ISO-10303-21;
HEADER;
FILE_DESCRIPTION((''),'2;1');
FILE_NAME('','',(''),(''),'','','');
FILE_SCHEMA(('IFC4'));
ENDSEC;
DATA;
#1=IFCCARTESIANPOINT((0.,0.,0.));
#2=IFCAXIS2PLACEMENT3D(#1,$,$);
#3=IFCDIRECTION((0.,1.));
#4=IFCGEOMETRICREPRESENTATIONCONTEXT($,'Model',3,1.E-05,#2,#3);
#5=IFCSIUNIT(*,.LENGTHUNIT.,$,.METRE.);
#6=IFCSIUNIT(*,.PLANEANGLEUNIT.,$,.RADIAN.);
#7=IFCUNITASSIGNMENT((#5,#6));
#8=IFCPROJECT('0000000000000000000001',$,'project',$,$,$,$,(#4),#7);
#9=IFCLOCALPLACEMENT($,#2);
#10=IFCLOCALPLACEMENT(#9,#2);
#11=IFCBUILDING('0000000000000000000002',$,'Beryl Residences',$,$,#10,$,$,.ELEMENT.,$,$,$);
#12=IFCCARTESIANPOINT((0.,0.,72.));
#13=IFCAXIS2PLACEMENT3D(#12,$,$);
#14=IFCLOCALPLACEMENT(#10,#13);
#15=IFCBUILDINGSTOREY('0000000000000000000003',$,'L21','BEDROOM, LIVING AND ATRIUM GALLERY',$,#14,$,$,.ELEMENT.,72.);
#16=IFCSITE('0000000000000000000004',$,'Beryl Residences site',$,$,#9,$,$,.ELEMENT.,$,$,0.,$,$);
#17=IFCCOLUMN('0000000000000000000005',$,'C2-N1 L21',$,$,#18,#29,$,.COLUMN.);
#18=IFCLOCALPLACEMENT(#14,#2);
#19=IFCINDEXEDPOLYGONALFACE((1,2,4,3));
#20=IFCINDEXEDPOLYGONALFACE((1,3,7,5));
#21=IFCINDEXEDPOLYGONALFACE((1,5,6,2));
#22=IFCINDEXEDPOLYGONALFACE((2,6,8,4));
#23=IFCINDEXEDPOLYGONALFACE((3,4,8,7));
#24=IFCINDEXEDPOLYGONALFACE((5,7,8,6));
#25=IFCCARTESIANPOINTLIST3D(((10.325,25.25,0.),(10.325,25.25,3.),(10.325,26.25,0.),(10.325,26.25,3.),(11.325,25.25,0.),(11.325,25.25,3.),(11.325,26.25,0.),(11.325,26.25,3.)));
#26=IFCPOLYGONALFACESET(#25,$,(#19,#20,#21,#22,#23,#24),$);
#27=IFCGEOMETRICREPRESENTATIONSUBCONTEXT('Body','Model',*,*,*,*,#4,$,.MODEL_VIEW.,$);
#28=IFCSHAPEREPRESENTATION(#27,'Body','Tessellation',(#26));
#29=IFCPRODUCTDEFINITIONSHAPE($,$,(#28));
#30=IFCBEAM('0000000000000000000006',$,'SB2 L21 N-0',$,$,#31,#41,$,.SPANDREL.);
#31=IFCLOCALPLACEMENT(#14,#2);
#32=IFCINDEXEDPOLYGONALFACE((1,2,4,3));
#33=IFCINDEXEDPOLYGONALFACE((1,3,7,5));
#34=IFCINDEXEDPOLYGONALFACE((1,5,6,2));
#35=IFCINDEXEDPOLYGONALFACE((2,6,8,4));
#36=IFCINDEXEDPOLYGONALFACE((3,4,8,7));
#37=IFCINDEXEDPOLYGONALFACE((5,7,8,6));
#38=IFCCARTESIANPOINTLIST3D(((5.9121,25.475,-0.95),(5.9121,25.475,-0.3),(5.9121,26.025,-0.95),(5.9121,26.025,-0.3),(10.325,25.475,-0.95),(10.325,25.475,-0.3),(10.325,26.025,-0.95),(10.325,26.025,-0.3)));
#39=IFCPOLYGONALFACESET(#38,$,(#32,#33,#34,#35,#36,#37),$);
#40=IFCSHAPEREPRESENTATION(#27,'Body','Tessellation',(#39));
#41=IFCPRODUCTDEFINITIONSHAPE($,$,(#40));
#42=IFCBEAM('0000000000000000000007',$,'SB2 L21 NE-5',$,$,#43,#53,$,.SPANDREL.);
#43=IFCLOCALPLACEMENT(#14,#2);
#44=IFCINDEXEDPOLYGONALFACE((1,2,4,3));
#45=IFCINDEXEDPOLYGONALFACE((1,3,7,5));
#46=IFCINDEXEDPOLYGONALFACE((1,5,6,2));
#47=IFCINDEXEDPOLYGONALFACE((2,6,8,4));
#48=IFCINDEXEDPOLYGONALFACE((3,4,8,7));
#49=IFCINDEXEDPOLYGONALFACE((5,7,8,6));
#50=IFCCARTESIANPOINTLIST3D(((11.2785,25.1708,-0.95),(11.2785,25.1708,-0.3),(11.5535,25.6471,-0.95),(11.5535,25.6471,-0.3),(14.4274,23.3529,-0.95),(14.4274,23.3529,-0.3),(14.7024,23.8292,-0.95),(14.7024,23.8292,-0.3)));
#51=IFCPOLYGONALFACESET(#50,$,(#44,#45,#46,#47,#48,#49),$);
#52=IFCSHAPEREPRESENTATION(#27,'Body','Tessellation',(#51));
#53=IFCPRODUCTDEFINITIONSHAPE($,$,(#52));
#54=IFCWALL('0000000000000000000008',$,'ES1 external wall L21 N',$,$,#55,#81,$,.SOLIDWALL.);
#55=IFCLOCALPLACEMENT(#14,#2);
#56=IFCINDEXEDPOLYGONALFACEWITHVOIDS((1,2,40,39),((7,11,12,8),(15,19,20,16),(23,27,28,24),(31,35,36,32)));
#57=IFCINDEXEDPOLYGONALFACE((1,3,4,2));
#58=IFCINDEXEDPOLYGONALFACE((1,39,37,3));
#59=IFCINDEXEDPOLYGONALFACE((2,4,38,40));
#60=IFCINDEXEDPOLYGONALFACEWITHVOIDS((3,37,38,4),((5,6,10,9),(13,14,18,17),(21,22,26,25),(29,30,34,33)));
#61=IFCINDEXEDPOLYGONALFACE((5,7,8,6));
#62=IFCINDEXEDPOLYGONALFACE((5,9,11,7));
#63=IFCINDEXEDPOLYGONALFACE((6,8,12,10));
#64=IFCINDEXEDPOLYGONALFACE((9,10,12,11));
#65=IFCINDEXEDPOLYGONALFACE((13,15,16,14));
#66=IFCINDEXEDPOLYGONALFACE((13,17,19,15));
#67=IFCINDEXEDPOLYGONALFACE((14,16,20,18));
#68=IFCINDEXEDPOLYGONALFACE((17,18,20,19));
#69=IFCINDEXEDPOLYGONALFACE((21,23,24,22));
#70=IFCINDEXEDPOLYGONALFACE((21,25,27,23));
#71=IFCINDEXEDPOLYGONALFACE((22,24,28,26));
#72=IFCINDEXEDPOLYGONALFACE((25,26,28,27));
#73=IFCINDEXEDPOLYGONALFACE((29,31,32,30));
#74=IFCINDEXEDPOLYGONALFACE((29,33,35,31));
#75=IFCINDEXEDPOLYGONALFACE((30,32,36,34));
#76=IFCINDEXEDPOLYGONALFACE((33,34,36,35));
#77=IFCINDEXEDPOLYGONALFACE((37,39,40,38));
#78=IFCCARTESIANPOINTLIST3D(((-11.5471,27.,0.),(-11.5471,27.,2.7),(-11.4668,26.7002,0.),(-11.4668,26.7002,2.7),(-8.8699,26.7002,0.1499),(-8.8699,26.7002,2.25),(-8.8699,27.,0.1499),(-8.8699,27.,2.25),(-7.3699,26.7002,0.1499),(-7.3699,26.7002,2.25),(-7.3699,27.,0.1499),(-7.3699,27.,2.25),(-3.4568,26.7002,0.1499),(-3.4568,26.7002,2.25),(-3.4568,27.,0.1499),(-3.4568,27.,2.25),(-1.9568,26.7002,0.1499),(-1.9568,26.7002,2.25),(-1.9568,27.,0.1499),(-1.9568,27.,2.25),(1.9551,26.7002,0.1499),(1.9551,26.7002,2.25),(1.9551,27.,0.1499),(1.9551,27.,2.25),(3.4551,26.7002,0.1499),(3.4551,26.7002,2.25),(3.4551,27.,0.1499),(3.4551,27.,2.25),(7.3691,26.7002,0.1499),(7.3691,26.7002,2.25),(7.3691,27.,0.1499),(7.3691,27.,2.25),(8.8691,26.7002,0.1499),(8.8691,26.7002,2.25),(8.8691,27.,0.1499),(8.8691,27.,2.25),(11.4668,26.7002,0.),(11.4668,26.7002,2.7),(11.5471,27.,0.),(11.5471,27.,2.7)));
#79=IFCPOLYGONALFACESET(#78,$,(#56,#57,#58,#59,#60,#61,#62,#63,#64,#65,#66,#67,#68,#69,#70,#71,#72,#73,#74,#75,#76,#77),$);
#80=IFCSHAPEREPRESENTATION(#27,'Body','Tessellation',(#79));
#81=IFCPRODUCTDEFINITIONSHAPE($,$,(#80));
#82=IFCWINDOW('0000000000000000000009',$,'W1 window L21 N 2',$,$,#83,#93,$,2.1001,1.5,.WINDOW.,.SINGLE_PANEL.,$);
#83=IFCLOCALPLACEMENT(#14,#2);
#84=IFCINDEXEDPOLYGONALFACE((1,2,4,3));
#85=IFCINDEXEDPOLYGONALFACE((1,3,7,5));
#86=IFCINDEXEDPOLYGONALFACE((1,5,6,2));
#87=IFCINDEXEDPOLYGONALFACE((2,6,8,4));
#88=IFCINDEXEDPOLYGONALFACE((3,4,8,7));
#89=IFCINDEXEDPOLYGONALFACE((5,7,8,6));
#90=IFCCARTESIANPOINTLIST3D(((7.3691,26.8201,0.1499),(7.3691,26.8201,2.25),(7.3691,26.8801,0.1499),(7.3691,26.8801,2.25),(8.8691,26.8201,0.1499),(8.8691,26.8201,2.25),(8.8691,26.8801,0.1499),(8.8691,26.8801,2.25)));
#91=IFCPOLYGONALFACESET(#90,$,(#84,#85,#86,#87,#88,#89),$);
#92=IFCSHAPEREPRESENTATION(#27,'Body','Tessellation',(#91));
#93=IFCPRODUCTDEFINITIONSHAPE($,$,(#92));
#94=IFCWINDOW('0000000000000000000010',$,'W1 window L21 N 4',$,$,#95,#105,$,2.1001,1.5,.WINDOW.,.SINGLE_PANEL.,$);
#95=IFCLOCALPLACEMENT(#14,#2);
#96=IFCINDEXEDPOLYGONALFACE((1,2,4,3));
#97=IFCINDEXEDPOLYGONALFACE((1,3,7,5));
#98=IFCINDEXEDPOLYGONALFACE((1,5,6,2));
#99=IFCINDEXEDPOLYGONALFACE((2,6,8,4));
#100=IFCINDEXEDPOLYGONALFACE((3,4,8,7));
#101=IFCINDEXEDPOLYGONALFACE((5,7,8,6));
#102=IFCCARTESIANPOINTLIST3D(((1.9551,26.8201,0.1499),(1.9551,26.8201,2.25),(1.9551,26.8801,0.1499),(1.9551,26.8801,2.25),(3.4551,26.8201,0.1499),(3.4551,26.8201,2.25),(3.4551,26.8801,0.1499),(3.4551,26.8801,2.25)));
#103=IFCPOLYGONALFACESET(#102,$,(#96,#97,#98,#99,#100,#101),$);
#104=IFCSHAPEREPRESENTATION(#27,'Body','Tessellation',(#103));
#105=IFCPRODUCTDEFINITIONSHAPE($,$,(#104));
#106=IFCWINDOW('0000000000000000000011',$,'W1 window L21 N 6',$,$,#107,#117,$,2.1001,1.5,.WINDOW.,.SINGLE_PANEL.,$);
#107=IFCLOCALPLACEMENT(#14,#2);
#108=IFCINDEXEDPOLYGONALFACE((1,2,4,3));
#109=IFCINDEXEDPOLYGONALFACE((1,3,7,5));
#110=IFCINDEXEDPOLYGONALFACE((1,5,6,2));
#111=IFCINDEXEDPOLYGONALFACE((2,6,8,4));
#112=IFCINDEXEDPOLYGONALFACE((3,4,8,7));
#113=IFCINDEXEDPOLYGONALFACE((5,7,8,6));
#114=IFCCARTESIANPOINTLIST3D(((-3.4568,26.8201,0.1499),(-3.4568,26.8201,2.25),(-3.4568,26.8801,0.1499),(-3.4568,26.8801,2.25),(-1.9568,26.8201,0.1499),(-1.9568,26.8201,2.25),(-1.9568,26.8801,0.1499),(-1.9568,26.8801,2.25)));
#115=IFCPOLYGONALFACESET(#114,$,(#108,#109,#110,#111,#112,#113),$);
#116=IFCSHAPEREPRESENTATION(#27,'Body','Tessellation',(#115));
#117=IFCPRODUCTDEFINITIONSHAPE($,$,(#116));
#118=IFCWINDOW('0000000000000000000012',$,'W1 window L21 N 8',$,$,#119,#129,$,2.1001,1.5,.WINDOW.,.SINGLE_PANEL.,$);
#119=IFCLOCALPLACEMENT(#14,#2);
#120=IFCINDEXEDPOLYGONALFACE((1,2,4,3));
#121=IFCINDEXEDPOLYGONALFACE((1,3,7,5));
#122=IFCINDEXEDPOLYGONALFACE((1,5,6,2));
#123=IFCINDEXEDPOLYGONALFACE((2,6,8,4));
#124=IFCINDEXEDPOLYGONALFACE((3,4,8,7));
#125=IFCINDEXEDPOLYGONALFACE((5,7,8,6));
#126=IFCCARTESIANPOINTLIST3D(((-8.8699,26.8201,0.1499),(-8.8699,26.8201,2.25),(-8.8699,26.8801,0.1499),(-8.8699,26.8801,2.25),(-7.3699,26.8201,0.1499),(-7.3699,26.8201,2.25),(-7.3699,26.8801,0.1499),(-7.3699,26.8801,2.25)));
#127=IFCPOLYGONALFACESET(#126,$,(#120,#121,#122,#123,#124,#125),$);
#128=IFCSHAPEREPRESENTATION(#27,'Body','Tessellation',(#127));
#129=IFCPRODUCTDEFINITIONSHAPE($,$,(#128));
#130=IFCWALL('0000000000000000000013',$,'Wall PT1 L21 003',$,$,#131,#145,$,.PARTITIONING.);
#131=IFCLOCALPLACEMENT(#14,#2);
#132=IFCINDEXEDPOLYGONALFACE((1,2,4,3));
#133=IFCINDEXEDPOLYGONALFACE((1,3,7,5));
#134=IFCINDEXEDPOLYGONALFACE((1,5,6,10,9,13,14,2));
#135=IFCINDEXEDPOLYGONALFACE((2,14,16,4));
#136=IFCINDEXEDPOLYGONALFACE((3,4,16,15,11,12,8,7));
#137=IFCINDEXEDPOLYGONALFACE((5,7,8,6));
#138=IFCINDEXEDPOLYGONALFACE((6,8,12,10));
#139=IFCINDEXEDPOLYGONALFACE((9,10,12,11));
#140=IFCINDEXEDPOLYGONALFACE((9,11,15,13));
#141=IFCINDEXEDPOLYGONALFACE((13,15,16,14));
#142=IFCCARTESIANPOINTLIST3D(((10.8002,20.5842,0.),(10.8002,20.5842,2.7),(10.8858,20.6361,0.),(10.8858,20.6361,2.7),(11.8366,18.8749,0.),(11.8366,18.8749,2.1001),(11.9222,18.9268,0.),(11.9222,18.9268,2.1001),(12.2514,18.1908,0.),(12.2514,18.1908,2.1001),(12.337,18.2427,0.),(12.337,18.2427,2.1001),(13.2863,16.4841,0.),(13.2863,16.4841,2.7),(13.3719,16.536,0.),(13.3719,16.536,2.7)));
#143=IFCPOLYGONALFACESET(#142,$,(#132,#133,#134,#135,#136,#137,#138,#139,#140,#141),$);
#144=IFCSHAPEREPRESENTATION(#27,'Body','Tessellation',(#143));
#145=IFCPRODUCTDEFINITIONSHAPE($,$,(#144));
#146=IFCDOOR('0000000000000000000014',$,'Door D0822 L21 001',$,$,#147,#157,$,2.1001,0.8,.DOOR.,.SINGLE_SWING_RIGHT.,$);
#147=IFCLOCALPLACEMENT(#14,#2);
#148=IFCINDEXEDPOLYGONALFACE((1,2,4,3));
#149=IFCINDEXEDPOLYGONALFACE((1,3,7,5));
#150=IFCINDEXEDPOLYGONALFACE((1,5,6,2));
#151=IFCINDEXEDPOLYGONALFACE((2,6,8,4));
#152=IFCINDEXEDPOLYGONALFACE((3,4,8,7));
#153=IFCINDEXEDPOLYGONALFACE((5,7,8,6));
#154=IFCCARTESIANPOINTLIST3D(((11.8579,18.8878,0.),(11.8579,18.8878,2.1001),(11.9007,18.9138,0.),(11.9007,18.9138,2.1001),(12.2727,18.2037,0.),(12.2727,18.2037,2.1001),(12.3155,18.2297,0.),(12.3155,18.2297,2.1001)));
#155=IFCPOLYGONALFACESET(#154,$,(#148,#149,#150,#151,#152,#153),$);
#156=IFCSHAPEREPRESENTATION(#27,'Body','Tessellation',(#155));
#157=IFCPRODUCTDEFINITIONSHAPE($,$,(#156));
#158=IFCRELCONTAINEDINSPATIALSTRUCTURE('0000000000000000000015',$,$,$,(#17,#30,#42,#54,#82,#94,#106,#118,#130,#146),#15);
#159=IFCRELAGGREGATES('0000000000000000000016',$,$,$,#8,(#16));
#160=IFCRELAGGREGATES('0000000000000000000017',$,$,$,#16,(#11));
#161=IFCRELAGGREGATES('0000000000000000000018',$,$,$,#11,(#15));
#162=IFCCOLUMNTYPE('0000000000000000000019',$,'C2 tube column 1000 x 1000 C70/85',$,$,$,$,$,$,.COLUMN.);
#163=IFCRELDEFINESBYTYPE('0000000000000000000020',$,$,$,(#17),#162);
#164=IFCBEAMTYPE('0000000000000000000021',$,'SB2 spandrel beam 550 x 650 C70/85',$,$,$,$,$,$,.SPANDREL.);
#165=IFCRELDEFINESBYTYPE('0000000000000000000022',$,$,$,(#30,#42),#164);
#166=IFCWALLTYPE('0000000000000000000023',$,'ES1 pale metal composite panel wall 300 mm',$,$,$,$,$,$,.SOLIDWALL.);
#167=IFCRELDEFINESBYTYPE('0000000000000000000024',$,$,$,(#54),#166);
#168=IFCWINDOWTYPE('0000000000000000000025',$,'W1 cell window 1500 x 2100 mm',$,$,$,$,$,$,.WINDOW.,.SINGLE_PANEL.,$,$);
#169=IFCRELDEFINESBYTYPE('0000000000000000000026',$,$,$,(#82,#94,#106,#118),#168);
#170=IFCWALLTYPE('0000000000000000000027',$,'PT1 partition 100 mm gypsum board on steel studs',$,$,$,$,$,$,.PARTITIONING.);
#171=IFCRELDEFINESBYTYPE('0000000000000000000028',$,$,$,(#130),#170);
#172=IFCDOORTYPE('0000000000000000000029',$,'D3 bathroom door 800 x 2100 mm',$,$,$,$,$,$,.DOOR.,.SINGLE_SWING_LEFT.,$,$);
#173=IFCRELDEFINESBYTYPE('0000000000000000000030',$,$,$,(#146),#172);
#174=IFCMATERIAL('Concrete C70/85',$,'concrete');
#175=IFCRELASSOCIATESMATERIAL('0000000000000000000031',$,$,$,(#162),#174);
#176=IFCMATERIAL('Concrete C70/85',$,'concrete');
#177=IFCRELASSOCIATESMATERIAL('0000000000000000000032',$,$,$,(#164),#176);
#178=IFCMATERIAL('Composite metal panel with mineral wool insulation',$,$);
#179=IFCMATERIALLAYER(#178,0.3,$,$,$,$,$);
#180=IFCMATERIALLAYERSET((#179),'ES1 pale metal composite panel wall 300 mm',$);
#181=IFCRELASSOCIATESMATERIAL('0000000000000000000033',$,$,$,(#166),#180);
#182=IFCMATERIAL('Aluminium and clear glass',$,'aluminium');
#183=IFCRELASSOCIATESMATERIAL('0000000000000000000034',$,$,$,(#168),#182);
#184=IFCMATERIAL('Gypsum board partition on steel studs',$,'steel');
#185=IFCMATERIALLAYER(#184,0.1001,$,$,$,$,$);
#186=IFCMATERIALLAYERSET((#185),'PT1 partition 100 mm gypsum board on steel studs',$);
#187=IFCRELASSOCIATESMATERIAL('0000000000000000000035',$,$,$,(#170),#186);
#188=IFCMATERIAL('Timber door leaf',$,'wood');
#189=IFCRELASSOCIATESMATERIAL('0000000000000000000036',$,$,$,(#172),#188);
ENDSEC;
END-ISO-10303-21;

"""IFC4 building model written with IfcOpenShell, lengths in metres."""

from ifc_helpers import new_model, si_unit, direction, frame, frame_2d, origin, origin_2d, place, context, subcontext, project, spatial, polyline, rectangle, outline, extrude, material, layer, layer_set, material_profile, profile_set, type_object, element, fill, save


model = new_model("IFC4")

# Units and contexts
model_context = context("Model", 3, precision=1e-05, world=origin(), true_north=direction((0.0, 1.0)))
body_context = subcontext(model_context, "Body", "Model", "MODEL_VIEW")
ifc_project = project(units=[si_unit("LENGTHUNIT", "METRE"), si_unit("PLANEANGLEUNIT", "RADIAN")], contexts=[model_context])

# Site, building, storey
site_placement = place(None, origin())
site = spatial("IfcSite", under=ifc_project, at=site_placement, Name="Beryl Residences site", CompositionType="ELEMENT", RefElevation=0.0)
building_placement = place(site_placement, origin())
building = spatial("IfcBuilding", under=site, at=building_placement, Name="Beryl Residences", CompositionType="ELEMENT")
storey_placement = place(building_placement, frame((0.0, 0.0, 72.0)))
storey = spatial("IfcBuildingStorey", under=building, at=storey_placement, Name="L21", Description="BEDROOM, LIVING AND ATRIUM GALLERY", CompositionType="ELEMENT", Elevation=72.0)

# Column
ifc_material_1 = material(Name="Concrete C70/85", Category="concrete")
ifc_material_profile_1 = material_profile(ifc_material_1, rectangle(XDim=1.0, YDim=1.0, at=origin_2d()))
ifc_profile_set_1 = profile_set([ifc_material_profile_1], Name="Concrete C70/85")
column_type = type_object("IfcColumnType", Name="C2 tube column 1000 x 1000 C70/85", PredefinedType="COLUMN", material=ifc_profile_set_1)
column_placement = place(storey_placement, frame((10.825, 25.75, 0.0), z_axis=(0.0, 0.0, 1.0), x_axis=(-1.0, 0.0, 0.0)))
element("IfcColumn", 1, at=column_placement, inside=storey, type_object=column_type, Name="C2-N1 L21", PredefinedType="COLUMN", context=body_context, shape_type="SweptSolid", body=[
    extrude(rectangle(XDim=1.0, YDim=1.0, at=origin_2d()), origin(), (0.0, 0.0, 1.0), 3.0),
])

# Beams
ifc_material_2 = material(Name="Concrete C70/85", Category="concrete")
ifc_material_profile_2 = material_profile(ifc_material_2, rectangle(XDim=0.55, YDim=0.6499, at=origin_2d()))
ifc_profile_set_2 = profile_set([ifc_material_profile_2], Name="Concrete C70/85")
beam_type = type_object("IfcBeamType", Name="SB2 spandrel beam 550 x 650 C70/85", PredefinedType="SPANDREL", material=ifc_profile_set_2)
beam_1_placement = place(storey_placement, frame((10.325, 25.75, -0.625), z_axis=(-1.0, 0.0, 0.0), x_axis=(0.0, -1.0, 0.0)))
element("IfcBeam", 2, at=beam_1_placement, inside=storey, type_object=beam_type, Name="SB2 L21 N-0", PredefinedType="SPANDREL", context=body_context, shape_type="SweptSolid", body=[
    extrude(rectangle(XDim=0.55, YDim=0.6499, at=origin_2d()), origin(), (0.0, 0.0, 1.0), 4.4128),
])
beam_2_placement = place(storey_placement, frame((14.5649, 23.5911, -0.625), z_axis=(-0.866045, 0.499967, 0.0), x_axis=(-0.499967, -0.866045, 0.0)))
element("IfcBeam", 3, at=beam_2_placement, inside=storey, type_object=beam_type, Name="SB2 L21 NE-5", PredefinedType="SPANDREL", context=body_context, shape_type="SweptSolid", body=[
    extrude(rectangle(XDim=0.55, YDim=0.6499, at=origin_2d()), origin(), (0.0, 0.0, 1.0), 3.636),
])

# Wall, openings, windows
ifc_material_3 = material(Name="Composite metal panel with mineral wool insulation")
ifc_layer_1 = layer(ifc_material_3, 0.3)
ifc_layer_set_1 = layer_set([ifc_layer_1], Name="ES1 pale metal composite panel wall 300 mm")
wall_type_1 = type_object("IfcWallType", Name="ES1 pale metal composite panel wall 300 mm", PredefinedType="SOLIDWALL", material=ifc_layer_set_1)
wall_1_placement = place(storey_placement, frame((11.5471, 26.8501, 0.0), z_axis=(0.0, 0.0, 1.0), x_axis=(-1.0, 0.0, 0.0)))
wall_1 = element("IfcWall", 4, at=wall_1_placement, inside=storey, type_object=wall_type_1, Name="ES1 external wall L21 N", PredefinedType="SOLIDWALL", context=body_context, shape_type="SweptSolid", body=[
    extrude(outline(polyline([(0.0, -0.1499), (23.0942, -0.1499), (23.0139, 0.1499), (0.0803, 0.1499), (0.0, -0.1499)])), origin(), (0.0, 0.0, 1.0), 2.7),
])
opening_1_placement = place(wall_1_placement, frame((2.678, 0.0, 0.1499)))
opening_1 = element("IfcOpeningElement", 5, at=opening_1_placement, cuts=wall_1, PredefinedType="OPENING", context=body_context, shape_type="SweptSolid", body=[
    extrude(rectangle(XDim=1.5, YDim=2.1001, at=frame_2d((0.75, 1.05))), frame((0.0, 0.1599, 0.0), z_axis=(0.0, -1.0, 0.0), x_axis=(1.0, 0.0, 0.0)), (0.0, 0.0, 1.0), 0.3201),
])
opening_2_placement = place(wall_1_placement, frame((8.092, 0.0, 0.1499)))
opening_2 = element("IfcOpeningElement", 6, at=opening_2_placement, cuts=wall_1, PredefinedType="OPENING", context=body_context, shape_type="SweptSolid", body=[
    extrude(rectangle(XDim=1.5, YDim=2.1001, at=frame_2d((0.75, 1.05))), frame((0.0, 0.1599, 0.0), z_axis=(0.0, -1.0, 0.0), x_axis=(1.0, 0.0, 0.0)), (0.0, 0.0, 1.0), 0.3201),
])
opening_3_placement = place(wall_1_placement, frame((13.5039, 0.0, 0.1499)))
opening_3 = element("IfcOpeningElement", 7, at=opening_3_placement, cuts=wall_1, PredefinedType="OPENING", context=body_context, shape_type="SweptSolid", body=[
    extrude(rectangle(XDim=1.5, YDim=2.1001, at=frame_2d((0.75, 1.05))), frame((0.0, 0.1599, 0.0), z_axis=(0.0, -1.0, 0.0), x_axis=(1.0, 0.0, 0.0)), (0.0, 0.0, 1.0), 0.3201),
])
opening_4_placement = place(wall_1_placement, frame((18.917, 0.0, 0.1499)))
opening_4 = element("IfcOpeningElement", 8, at=opening_4_placement, cuts=wall_1, PredefinedType="OPENING", context=body_context, shape_type="SweptSolid", body=[
    extrude(rectangle(XDim=1.5, YDim=2.1001, at=frame_2d((0.75, 1.05))), frame((0.0, 0.1599, 0.0), z_axis=(0.0, -1.0, 0.0), x_axis=(1.0, 0.0, 0.0)), (0.0, 0.0, 1.0), 0.3201),
])
ifc_material_4 = material(Name="Aluminium and clear glass", Category="aluminium")
window_type = type_object("IfcWindowType", Name="W1 cell window 1500 x 2100 mm", PartitioningType="SINGLE_PANEL", PredefinedType="WINDOW", material=ifc_material_4)
window_1_placement = place(opening_1_placement, origin())
window_1 = element("IfcWindow", 9, at=window_1_placement, inside=storey, type_object=window_type, Name="W1 window L21 N 2", OverallHeight=2.1001, OverallWidth=1.5, PartitioningType="SINGLE_PANEL", PredefinedType="WINDOW", context=body_context, shape_type="SweptSolid", body=[
    extrude(rectangle(XDim=1.5, YDim=2.1001, at=frame_2d((0.75, 1.05))), frame((0.0, 0.03, 0.0), z_axis=(0.0, -1.0, 0.0), x_axis=(1.0, 0.0, 0.0)), (0.0, 0.0, 1.0), 0.0601),
])
fill(opening_1, window_1)
window_2_placement = place(opening_2_placement, origin())
window_2 = element("IfcWindow", 10, at=window_2_placement, inside=storey, type_object=window_type, Name="W1 window L21 N 4", OverallHeight=2.1001, OverallWidth=1.5, PartitioningType="SINGLE_PANEL", PredefinedType="WINDOW", context=body_context, shape_type="SweptSolid", body=[
    extrude(rectangle(XDim=1.5, YDim=2.1001, at=frame_2d((0.75, 1.05))), frame((0.0, 0.03, 0.0), z_axis=(0.0, -1.0, 0.0), x_axis=(1.0, 0.0, 0.0)), (0.0, 0.0, 1.0), 0.0601),
])
fill(opening_2, window_2)
window_3_placement = place(opening_3_placement, origin())
window_3 = element("IfcWindow", 11, at=window_3_placement, inside=storey, type_object=window_type, Name="W1 window L21 N 6", OverallHeight=2.1001, OverallWidth=1.5, PartitioningType="SINGLE_PANEL", PredefinedType="WINDOW", context=body_context, shape_type="SweptSolid", body=[
    extrude(rectangle(XDim=1.5, YDim=2.1001, at=frame_2d((0.75, 1.05))), frame((0.0, 0.03, 0.0), z_axis=(0.0, -1.0, 0.0), x_axis=(1.0, 0.0, 0.0)), (0.0, 0.0, 1.0), 0.0601),
])
fill(opening_3, window_3)
window_4_placement = place(opening_4_placement, origin())
window_4 = element("IfcWindow", 12, at=window_4_placement, inside=storey, type_object=window_type, Name="W1 window L21 N 8", OverallHeight=2.1001, OverallWidth=1.5, PartitioningType="SINGLE_PANEL", PredefinedType="WINDOW", context=body_context, shape_type="SweptSolid", body=[
    extrude(rectangle(XDim=1.5, YDim=2.1001, at=frame_2d((0.75, 1.05))), frame((0.0, 0.03, 0.0), z_axis=(0.0, -1.0, 0.0), x_axis=(1.0, 0.0, 0.0)), (0.0, 0.0, 1.0), 0.0601),
])
fill(opening_4, window_4)

# Wall, opening, door
ifc_material_5 = material(Name="Gypsum board partition on steel studs", Category="steel")
ifc_layer_2 = layer(ifc_material_5, 0.1001)
ifc_layer_set_2 = layer_set([ifc_layer_2], Name="PT1 partition 100 mm gypsum board on steel studs")
wall_type_2 = type_object("IfcWallType", Name="PT1 partition 100 mm gypsum board on steel studs", PredefinedType="PARTITIONING", material=ifc_layer_set_2)
wall_2_placement = place(storey_placement, frame((10.843, 20.6101, 0.0), z_axis=(0.0, 0.0, 1.0), x_axis=(0.518481, -0.855089, 0.0)))
wall_2 = element("IfcWall", 13, at=wall_2_placement, inside=storey, type_object=wall_type_2, Name="Wall PT1 L21 003", PredefinedType="PARTITIONING", context=body_context, shape_type="SweptSolid", body=[
    extrude(rectangle(XDim=4.7949, YDim=0.1001, at=frame_2d((2.3975, 0.0))), origin(), (0.0, 0.0, 1.0), 2.7),
])
opening_5_placement = place(wall_2_placement, frame((1.999, 0.0, 0.0)))
opening_5 = element("IfcOpeningElement", 14, at=opening_5_placement, cuts=wall_2, PredefinedType="OPENING", context=body_context, shape_type="SweptSolid", body=[
    extrude(rectangle(XDim=0.8, YDim=2.1001, at=frame_2d((0.3999, 1.05))), frame((0.0, 0.0601, 0.0), z_axis=(0.0, -1.0, 0.0), x_axis=(1.0, 0.0, 0.0)), (0.0, 0.0, 1.0), 0.1201),
])
ifc_material_6 = material(Name="Timber door leaf", Category="wood")
door_type_1 = type_object("IfcDoorType", Name="D3 bathroom door 800 x 2100 mm", OperationType="SINGLE_SWING_LEFT", PredefinedType="DOOR", material=ifc_material_6)
door_1_placement = place(opening_5_placement, origin())
door_1 = element("IfcDoor", 15, at=door_1_placement, inside=storey, type_object=door_type_1, Name="Door D0822 L21 001", OperationType="SINGLE_SWING_RIGHT", OverallHeight=2.1001, OverallWidth=0.8, PredefinedType="DOOR", context=body_context, shape_type="SweptSolid", body=[
    extrude(rectangle(XDim=0.8, YDim=2.1001, at=frame_2d((0.3999, 1.05))), frame((0.0, 0.0249, 0.0), z_axis=(0.0, -1.0, 0.0), x_axis=(1.0, 0.0, 0.0)), (0.0, 0.0, 1.0), 0.05),
])
fill(opening_5, door_1)

save(model, "model.ifc")
